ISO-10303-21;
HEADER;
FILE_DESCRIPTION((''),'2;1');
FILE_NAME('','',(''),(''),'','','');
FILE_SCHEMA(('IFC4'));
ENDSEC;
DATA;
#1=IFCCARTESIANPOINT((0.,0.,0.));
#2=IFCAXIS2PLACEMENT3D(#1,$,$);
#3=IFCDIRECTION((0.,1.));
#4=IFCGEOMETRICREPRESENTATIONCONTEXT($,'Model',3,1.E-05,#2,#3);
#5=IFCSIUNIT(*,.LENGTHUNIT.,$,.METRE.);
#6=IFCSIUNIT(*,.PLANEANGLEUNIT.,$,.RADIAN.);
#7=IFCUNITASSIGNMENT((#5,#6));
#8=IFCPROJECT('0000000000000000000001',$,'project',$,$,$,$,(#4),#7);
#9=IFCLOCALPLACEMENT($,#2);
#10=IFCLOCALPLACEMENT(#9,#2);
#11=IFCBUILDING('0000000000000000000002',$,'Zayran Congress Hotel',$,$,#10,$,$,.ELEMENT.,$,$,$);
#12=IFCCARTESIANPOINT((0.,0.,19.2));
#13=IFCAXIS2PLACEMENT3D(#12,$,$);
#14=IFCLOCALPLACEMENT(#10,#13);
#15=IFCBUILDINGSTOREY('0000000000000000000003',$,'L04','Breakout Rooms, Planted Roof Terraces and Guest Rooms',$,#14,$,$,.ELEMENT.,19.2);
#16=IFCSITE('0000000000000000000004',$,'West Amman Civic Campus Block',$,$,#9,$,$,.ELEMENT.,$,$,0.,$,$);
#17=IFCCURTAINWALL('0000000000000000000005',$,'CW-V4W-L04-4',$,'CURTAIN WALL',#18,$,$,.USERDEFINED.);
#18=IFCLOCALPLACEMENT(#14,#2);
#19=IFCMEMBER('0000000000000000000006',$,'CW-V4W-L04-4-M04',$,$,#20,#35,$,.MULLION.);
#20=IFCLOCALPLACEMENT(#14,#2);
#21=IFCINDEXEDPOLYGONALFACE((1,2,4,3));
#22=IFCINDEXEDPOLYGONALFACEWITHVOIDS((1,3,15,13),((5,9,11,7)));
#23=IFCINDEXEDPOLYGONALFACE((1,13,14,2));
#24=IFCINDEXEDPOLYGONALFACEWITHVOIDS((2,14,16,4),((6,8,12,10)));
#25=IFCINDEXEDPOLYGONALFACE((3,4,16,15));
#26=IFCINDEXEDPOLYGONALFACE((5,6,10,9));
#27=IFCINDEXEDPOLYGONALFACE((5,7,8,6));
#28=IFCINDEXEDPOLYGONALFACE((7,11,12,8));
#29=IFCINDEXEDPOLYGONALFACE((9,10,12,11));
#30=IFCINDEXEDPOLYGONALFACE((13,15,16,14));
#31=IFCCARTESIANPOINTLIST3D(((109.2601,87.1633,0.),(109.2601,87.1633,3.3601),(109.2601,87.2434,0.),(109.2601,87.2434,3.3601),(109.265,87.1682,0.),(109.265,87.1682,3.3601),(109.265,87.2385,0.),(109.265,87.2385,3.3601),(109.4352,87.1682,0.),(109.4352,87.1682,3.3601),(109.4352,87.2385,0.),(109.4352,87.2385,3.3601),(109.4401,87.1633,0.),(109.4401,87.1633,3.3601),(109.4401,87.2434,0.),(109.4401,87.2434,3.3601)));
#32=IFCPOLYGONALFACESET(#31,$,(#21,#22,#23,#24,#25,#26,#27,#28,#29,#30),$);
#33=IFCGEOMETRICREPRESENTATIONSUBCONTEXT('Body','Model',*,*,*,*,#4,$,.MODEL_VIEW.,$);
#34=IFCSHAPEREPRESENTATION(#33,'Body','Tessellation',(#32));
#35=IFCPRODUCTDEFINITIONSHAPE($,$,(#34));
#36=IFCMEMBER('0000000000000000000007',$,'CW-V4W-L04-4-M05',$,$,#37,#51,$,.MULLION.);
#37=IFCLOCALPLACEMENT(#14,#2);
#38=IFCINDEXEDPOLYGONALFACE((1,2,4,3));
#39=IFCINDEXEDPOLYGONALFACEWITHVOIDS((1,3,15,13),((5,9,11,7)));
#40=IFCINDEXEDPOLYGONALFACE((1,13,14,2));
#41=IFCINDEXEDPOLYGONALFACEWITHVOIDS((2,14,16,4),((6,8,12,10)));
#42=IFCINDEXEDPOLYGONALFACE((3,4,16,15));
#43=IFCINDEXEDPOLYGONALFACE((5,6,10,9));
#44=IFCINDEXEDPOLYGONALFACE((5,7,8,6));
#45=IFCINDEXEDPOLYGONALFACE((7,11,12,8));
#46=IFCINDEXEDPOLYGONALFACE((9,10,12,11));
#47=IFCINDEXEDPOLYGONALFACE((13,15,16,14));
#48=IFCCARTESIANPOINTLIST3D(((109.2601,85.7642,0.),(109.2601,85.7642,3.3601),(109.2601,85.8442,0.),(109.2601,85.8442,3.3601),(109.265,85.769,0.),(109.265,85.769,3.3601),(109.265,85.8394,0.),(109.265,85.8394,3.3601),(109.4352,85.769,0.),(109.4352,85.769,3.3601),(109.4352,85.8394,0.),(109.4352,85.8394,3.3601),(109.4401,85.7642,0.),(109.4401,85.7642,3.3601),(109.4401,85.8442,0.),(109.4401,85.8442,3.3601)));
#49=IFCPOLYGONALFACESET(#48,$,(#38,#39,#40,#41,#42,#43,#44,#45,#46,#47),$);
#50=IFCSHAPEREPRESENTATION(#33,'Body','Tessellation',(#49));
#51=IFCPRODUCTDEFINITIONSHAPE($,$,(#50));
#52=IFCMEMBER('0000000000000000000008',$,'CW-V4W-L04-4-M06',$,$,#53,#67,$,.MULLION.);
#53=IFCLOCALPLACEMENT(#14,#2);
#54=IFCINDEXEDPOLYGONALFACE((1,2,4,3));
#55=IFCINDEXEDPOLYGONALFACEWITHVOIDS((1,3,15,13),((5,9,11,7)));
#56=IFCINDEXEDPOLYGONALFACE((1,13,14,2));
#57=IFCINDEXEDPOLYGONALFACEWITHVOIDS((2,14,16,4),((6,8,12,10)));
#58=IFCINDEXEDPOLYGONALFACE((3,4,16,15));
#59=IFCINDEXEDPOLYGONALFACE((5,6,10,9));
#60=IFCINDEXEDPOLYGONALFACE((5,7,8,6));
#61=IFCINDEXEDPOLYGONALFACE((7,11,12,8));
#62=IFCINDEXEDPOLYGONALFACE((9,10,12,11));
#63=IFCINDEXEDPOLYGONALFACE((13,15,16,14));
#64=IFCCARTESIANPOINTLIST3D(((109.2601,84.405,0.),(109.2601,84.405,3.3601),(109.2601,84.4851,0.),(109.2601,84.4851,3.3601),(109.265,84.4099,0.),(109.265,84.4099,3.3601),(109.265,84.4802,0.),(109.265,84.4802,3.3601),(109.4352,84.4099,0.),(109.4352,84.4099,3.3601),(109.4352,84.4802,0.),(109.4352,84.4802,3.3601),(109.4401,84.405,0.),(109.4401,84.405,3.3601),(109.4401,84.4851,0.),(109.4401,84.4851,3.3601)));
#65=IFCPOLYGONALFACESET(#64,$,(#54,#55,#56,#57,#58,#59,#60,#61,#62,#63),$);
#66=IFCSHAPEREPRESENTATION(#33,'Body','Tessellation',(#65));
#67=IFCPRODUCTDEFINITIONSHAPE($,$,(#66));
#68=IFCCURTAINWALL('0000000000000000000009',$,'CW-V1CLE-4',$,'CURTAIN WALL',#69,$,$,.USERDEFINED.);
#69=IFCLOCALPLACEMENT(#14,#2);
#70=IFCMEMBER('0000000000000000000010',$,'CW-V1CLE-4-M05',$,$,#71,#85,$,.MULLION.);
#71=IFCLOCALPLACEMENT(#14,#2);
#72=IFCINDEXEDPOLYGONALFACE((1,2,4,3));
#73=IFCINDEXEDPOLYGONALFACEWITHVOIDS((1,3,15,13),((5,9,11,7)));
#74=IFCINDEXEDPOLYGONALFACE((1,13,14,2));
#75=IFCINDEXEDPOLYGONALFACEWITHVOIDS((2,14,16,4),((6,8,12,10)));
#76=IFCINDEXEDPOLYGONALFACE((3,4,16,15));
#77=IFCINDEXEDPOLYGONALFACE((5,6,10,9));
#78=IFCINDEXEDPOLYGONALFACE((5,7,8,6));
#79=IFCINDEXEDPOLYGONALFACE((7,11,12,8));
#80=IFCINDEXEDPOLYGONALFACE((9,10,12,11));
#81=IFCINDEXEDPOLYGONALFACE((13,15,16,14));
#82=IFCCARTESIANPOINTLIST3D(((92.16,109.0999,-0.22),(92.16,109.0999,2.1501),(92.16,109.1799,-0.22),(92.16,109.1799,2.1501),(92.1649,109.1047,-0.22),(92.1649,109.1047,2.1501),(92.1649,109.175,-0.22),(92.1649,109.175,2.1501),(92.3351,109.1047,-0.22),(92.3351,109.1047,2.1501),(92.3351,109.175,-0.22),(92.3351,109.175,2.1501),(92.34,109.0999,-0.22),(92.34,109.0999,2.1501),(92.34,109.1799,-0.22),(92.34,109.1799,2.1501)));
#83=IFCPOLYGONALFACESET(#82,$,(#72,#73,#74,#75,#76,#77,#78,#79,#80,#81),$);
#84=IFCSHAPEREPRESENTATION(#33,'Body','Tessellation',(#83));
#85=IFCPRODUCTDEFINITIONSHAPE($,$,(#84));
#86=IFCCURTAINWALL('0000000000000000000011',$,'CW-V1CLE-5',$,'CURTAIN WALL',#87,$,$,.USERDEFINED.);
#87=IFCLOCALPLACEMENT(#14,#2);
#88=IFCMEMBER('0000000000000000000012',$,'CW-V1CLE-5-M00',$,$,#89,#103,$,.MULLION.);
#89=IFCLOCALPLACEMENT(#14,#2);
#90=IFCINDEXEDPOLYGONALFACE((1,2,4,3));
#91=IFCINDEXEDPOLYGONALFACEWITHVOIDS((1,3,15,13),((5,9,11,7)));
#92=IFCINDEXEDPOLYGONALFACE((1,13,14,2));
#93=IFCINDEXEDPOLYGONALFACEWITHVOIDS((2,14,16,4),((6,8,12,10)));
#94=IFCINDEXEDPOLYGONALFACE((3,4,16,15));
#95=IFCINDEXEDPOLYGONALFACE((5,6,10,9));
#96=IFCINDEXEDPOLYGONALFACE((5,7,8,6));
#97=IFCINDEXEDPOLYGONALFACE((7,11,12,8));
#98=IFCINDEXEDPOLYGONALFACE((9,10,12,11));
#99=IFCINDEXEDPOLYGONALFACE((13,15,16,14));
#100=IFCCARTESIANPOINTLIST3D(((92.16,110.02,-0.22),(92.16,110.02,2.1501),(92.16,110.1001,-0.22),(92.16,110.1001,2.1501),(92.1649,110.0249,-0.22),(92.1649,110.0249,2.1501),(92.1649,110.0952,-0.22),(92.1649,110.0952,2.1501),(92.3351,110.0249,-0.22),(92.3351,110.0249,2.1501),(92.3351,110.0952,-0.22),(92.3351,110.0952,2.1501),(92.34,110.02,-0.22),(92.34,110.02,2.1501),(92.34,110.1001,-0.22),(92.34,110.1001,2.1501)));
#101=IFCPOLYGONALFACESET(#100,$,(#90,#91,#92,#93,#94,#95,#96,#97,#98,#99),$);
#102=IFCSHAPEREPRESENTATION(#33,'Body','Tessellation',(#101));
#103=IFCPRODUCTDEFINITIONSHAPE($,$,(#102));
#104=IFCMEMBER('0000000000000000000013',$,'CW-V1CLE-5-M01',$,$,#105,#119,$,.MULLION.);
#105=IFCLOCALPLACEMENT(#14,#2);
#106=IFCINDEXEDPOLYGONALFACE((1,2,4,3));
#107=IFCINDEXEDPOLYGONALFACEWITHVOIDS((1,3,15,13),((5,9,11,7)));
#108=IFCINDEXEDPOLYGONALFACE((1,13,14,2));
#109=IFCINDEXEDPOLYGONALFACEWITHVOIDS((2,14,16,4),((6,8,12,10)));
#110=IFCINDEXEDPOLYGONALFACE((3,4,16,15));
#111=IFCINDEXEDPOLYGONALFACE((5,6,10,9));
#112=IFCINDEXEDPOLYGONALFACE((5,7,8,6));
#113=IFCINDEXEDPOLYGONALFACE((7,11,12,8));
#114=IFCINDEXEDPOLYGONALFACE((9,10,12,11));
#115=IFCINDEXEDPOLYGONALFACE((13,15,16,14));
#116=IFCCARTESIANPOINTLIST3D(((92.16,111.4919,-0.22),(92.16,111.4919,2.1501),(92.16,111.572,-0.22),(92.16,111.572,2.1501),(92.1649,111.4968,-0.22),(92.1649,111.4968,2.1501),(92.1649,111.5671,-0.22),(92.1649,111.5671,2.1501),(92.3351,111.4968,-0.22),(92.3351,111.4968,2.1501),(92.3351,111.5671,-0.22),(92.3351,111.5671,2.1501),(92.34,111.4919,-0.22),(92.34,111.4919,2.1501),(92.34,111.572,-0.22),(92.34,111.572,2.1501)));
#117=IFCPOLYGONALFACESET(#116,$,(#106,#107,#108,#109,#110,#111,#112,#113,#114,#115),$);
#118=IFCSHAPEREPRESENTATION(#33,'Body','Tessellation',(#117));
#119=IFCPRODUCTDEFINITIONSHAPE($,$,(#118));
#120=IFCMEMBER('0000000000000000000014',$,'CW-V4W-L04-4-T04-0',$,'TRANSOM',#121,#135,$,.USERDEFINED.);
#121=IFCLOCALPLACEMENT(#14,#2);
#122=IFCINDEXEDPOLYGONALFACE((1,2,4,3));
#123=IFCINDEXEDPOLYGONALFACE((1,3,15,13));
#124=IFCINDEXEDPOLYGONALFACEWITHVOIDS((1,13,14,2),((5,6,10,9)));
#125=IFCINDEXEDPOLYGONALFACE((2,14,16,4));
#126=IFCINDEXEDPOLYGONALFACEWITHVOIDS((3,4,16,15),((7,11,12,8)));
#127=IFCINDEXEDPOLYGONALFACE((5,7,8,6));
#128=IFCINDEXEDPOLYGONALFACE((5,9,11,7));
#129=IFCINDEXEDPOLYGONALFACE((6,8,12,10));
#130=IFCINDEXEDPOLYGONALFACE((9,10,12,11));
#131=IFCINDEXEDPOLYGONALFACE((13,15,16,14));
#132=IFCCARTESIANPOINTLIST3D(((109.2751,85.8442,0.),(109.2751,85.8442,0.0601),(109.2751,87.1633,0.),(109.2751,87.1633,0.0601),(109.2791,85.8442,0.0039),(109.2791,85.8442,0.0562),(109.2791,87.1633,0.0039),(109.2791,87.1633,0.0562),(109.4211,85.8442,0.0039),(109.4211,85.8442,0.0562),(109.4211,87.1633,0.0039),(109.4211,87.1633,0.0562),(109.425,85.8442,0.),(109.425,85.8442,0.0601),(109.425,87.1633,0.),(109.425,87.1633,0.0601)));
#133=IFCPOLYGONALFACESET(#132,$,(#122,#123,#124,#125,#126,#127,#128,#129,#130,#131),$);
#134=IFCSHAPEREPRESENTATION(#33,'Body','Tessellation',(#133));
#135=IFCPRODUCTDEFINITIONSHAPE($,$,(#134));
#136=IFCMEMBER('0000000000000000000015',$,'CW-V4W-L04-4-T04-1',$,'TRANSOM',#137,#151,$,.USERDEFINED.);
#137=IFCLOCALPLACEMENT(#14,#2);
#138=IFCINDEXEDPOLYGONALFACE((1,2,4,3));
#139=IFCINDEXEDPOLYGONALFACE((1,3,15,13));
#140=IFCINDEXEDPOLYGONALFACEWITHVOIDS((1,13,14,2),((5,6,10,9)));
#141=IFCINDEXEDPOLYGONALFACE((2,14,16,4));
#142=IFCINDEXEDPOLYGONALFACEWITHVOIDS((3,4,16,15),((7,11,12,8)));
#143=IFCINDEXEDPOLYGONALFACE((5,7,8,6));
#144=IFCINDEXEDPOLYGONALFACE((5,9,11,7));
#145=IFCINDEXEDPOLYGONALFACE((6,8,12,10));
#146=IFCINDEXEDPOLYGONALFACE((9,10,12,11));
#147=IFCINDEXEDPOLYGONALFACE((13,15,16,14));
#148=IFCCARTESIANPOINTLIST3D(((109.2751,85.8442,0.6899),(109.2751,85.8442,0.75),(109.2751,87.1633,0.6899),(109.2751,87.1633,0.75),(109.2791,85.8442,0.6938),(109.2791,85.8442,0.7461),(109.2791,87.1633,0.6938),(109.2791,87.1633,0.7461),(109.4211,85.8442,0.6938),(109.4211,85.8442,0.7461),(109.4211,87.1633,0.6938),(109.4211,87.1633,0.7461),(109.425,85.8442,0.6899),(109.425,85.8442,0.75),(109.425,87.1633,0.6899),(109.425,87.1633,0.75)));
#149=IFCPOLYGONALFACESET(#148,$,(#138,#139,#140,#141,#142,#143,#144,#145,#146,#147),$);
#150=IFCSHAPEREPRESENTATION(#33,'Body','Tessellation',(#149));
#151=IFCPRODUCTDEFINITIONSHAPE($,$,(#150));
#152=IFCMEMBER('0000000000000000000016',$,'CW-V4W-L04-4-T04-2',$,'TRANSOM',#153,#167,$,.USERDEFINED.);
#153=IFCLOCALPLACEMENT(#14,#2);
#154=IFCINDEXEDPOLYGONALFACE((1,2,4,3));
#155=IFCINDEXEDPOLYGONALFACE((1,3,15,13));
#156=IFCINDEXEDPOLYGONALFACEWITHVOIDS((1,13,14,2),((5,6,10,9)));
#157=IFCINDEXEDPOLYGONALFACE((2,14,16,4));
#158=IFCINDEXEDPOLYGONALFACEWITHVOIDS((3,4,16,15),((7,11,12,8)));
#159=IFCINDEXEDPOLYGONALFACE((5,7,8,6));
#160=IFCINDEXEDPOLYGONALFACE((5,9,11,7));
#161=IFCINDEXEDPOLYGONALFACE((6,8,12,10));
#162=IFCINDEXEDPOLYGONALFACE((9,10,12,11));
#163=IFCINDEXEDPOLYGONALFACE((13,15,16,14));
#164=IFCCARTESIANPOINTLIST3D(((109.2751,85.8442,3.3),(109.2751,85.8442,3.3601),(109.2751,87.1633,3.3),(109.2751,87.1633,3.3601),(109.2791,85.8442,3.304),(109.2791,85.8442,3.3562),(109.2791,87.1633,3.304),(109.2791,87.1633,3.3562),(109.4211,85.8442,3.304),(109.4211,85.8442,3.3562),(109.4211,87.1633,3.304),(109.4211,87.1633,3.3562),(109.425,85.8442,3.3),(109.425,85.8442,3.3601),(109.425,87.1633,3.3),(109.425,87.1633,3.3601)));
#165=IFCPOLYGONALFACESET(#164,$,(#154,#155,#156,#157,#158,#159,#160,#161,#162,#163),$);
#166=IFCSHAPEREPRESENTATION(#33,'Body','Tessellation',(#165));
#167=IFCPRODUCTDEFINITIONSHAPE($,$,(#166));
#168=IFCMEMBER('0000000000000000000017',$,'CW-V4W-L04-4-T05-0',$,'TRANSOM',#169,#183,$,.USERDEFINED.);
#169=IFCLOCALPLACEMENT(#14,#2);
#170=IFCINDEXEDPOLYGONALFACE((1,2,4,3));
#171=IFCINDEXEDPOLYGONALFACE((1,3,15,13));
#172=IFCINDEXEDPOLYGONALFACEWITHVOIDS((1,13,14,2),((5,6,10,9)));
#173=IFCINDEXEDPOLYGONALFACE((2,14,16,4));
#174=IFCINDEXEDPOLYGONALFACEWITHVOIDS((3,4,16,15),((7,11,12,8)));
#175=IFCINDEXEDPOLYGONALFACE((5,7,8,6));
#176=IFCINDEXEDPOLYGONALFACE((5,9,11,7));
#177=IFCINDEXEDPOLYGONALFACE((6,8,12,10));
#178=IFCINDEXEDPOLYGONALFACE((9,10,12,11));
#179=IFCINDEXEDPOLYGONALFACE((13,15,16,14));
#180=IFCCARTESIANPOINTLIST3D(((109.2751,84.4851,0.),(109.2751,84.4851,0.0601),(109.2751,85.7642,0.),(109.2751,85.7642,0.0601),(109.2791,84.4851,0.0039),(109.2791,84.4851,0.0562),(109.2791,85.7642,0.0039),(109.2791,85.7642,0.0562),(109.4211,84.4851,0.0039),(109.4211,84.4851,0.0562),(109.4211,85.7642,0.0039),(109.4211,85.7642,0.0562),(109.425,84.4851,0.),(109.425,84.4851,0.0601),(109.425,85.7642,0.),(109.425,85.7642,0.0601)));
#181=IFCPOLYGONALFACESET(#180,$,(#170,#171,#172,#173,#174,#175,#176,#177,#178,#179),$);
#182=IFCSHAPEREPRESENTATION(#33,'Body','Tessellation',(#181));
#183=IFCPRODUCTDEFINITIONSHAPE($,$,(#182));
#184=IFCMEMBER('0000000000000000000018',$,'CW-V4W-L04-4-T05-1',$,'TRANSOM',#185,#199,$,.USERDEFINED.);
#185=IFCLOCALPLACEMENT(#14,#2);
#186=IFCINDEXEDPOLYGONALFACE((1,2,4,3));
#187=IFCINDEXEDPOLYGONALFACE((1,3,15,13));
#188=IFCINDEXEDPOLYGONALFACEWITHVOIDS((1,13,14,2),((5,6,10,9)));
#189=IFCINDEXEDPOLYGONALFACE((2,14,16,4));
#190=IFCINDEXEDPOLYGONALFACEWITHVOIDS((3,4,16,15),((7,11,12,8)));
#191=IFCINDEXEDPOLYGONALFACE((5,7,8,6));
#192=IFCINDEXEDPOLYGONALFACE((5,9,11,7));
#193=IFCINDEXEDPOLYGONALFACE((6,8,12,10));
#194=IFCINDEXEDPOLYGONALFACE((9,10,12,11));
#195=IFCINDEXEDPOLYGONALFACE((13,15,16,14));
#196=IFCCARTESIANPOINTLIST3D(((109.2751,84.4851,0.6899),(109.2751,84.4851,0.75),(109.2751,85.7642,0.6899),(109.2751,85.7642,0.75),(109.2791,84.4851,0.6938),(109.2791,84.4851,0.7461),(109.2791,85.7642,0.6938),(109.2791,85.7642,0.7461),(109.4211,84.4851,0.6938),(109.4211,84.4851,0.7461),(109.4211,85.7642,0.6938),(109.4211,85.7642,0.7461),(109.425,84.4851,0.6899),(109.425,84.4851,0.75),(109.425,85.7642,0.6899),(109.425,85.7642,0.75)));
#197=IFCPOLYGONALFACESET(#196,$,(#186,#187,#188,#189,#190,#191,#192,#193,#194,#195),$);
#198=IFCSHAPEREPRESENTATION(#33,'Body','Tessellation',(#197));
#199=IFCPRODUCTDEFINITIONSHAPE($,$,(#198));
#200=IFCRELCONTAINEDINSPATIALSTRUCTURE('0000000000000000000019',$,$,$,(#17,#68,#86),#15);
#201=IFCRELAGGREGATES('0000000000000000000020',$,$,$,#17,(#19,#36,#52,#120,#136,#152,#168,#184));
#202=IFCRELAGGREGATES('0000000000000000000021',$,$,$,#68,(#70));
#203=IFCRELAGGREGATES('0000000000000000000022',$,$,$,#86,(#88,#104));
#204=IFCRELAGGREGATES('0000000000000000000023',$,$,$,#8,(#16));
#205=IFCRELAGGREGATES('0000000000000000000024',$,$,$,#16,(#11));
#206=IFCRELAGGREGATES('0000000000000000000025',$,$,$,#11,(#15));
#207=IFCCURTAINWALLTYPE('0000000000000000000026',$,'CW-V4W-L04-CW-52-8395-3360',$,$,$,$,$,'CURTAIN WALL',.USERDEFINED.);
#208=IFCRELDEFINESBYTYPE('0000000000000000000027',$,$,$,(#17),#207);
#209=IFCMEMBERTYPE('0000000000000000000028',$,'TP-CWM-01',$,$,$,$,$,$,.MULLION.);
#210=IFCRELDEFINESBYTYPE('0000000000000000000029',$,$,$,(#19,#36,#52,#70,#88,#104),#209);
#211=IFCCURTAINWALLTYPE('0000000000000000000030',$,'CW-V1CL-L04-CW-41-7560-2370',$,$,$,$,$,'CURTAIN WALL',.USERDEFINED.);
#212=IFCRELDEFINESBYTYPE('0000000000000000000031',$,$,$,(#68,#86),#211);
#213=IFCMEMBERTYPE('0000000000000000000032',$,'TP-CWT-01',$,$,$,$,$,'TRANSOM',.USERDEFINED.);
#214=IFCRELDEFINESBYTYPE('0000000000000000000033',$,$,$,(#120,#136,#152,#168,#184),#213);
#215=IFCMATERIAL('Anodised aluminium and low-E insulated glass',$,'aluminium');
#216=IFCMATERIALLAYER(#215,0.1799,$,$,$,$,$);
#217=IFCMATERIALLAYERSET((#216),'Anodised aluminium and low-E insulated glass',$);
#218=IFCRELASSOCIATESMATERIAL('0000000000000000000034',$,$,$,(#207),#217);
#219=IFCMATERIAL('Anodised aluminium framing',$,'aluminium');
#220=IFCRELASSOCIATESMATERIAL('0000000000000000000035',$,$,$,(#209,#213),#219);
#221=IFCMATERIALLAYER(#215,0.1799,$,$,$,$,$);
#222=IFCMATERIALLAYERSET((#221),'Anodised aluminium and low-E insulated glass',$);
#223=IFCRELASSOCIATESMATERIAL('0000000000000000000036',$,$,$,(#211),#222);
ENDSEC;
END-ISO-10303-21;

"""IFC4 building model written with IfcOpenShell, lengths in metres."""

from ifc_helpers import new_model, si_unit, direction, frame, origin, origin_2d, place, context, subcontext, project, spatial, hollow_rectangle, extrude, material, layer, layer_set, material_profile, profile_set, type_object, element, aggregate, save


model = new_model("IFC4")

# Units and contexts
model_context = context("Model", 3, precision=1e-05, world=origin(), true_north=direction((0.0, 1.0)))
body_context = subcontext(model_context, "Body", "Model", "MODEL_VIEW")
ifc_project = project(units=[si_unit("LENGTHUNIT", "METRE"), si_unit("PLANEANGLEUNIT", "RADIAN")], contexts=[model_context])

# Site, building, storey
site_placement = place(None, origin())
site = spatial("IfcSite", under=ifc_project, at=site_placement, Name="West Amman Civic Campus Block", CompositionType="ELEMENT", RefElevation=0.0)
building_placement = place(site_placement, origin())
building = spatial("IfcBuilding", under=site, at=building_placement, Name="Zayran Congress Hotel", CompositionType="ELEMENT")
storey_placement = place(building_placement, frame((0.0, 0.0, 19.2)))
storey = spatial("IfcBuildingStorey", under=building, at=storey_placement, Name="L04", Description="Breakout Rooms, Planted Roof Terraces and Guest Rooms", CompositionType="ELEMENT", Elevation=19.2)

# Curtain wall, members
ifc_material_1 = material(Name="Anodised aluminium and low-E insulated glass", Category="aluminium")
ifc_layer_1 = layer(ifc_material_1, 0.1799)
ifc_layer_set_1 = layer_set([ifc_layer_1], Name="Anodised aluminium and low-E insulated glass")
curtain_wall_type_1 = type_object("IfcCurtainWallType", Name="CW-V4W-L04-CW-52-8395-3360", ElementType="CURTAIN WALL", PredefinedType="USERDEFINED", material=ifc_layer_set_1)
curtain_wall_1_placement = place(storey_placement, origin())
curtain_wall_1 = element("IfcCurtainWall", 1, at=curtain_wall_1_placement, inside=storey, type_object=curtain_wall_type_1, Name="CW-V4W-L04-4", ObjectType="CURTAIN WALL", PredefinedType="USERDEFINED")
ifc_material_2 = material(Name="Anodised aluminium framing", Category="aluminium")
ifc_material_profile_1 = material_profile(ifc_material_2, hollow_rectangle(XDim=0.0801, YDim=0.1799, WallThickness=0.0049, at=origin_2d()), Name="RHS 180x80x5")
ifc_profile_set_1 = profile_set([ifc_material_profile_1], Name="Anodised aluminium framing")
member_type_1 = type_object("IfcMemberType", Name="TP-CWM-01", PredefinedType="MULLION", material=ifc_profile_set_1)
member_1_placement = place(storey_placement, frame((109.3501, 87.2034, 0.0), z_axis=(0.0, 0.0, 1.0), x_axis=(0.0, 1.0, 0.0)))
member_1 = element("IfcMember", 2, at=member_1_placement, type_object=member_type_1, Name="CW-V4W-L04-4-M04", PredefinedType="MULLION", context=body_context, shape_type="SweptSolid", body=[
    extrude(hollow_rectangle(XDim=0.0801, YDim=0.1799, WallThickness=0.0049, at=origin_2d()), origin(), (0.0, 0.0, 1.0), 3.3601),
])
member_2_placement = place(storey_placement, frame((109.3501, 85.8042, 0.0), z_axis=(0.0, 0.0, 1.0), x_axis=(0.0, 1.0, 0.0)))
member_2 = element("IfcMember", 3, at=member_2_placement, type_object=member_type_1, Name="CW-V4W-L04-4-M05", PredefinedType="MULLION", context=body_context, shape_type="SweptSolid", body=[
    extrude(hollow_rectangle(XDim=0.0801, YDim=0.1799, WallThickness=0.0049, at=origin_2d()), origin(), (0.0, 0.0, 1.0), 3.3601),
])
member_3_placement = place(storey_placement, frame((109.3501, 84.4451, 0.0), z_axis=(0.0, 0.0, 1.0), x_axis=(0.0, 1.0, 0.0)))
member_3 = element("IfcMember", 4, at=member_3_placement, type_object=member_type_1, Name="CW-V4W-L04-4-M06", PredefinedType="MULLION", context=body_context, shape_type="SweptSolid", body=[
    extrude(hollow_rectangle(XDim=0.0801, YDim=0.1799, WallThickness=0.0049, at=origin_2d()), origin(), (0.0, 0.0, 1.0), 3.3601),
])

# Curtain wall, member
ifc_layer_2 = layer(ifc_material_1, 0.1799)
ifc_layer_set_2 = layer_set([ifc_layer_2], Name="Anodised aluminium and low-E insulated glass")
curtain_wall_type_2 = type_object("IfcCurtainWallType", Name="CW-V1CL-L04-CW-41-7560-2370", ElementType="CURTAIN WALL", PredefinedType="USERDEFINED", material=ifc_layer_set_2)
curtain_wall_2_placement = place(storey_placement, origin())
curtain_wall_2 = element("IfcCurtainWall", 5, at=curtain_wall_2_placement, inside=storey, type_object=curtain_wall_type_2, Name="CW-V1CLE-4", ObjectType="CURTAIN WALL", PredefinedType="USERDEFINED")
member_4_placement = place(storey_placement, frame((92.25, 109.1399, -0.22), z_axis=(0.0, 0.0, 1.0), x_axis=(0.0, 1.0, 0.0)))
member_4 = element("IfcMember", 6, at=member_4_placement, type_object=member_type_1, Name="CW-V1CLE-4-M05", PredefinedType="MULLION", context=body_context, shape_type="SweptSolid", body=[
    extrude(hollow_rectangle(XDim=0.0801, YDim=0.1799, WallThickness=0.0049, at=origin_2d()), origin(), (0.0, 0.0, 1.0), 2.3701),
])

# Curtain wall, members
curtain_wall_3_placement = place(storey_placement, origin())
curtain_wall_3 = element("IfcCurtainWall", 7, at=curtain_wall_3_placement, inside=storey, type_object=curtain_wall_type_2, Name="CW-V1CLE-5", ObjectType="CURTAIN WALL", PredefinedType="USERDEFINED")
member_5_placement = place(storey_placement, frame((92.25, 110.0601, -0.22), z_axis=(0.0, 0.0, 1.0), x_axis=(0.0, 1.0, 0.0)))
member_5 = element("IfcMember", 8, at=member_5_placement, type_object=member_type_1, Name="CW-V1CLE-5-M00", PredefinedType="MULLION", context=body_context, shape_type="SweptSolid", body=[
    extrude(hollow_rectangle(XDim=0.0801, YDim=0.1799, WallThickness=0.0049, at=origin_2d()), origin(), (0.0, 0.0, 1.0), 2.3701),
])
member_6_placement = place(storey_placement, frame((92.25, 111.532, -0.22), z_axis=(0.0, 0.0, 1.0), x_axis=(0.0, 1.0, 0.0)))
member_6 = element("IfcMember", 9, at=member_6_placement, type_object=member_type_1, Name="CW-V1CLE-5-M01", PredefinedType="MULLION", context=body_context, shape_type="SweptSolid", body=[
    extrude(hollow_rectangle(XDim=0.0801, YDim=0.1799, WallThickness=0.0049, at=origin_2d()), origin(), (0.0, 0.0, 1.0), 2.3701),
])

# Members
ifc_material_profile_2 = material_profile(ifc_material_2, hollow_rectangle(XDim=0.0601, YDim=0.1499, WallThickness=0.0039, at=origin_2d()), Name="RHS 150x60x4")
ifc_profile_set_2 = profile_set([ifc_material_profile_2], Name="Anodised aluminium framing")
member_type_2 = type_object("IfcMemberType", Name="TP-CWT-01", ElementType="TRANSOM", PredefinedType="USERDEFINED", material=ifc_profile_set_2)
member_7_placement = place(storey_placement, frame((109.3501, 87.1633, 0.03), z_axis=(0.0, -1.0, 0.0), x_axis=(0.0, 0.0, 1.0)))
member_7 = element("IfcMember", 10, at=member_7_placement, type_object=member_type_2, Name="CW-V4W-L04-4-T04-0", ObjectType="TRANSOM", PredefinedType="USERDEFINED", context=body_context, shape_type="SweptSolid", body=[
    extrude(hollow_rectangle(XDim=0.0601, YDim=0.1499, WallThickness=0.0039, at=origin_2d()), origin(), (0.0, 0.0, 1.0), 1.3191),
])
member_8_placement = place(storey_placement, frame((109.3501, 87.1633, 0.72), z_axis=(0.0, -1.0, 0.0), x_axis=(0.0, 0.0, 1.0)))
member_8 = element("IfcMember", 11, at=member_8_placement, type_object=member_type_2, Name="CW-V4W-L04-4-T04-1", ObjectType="TRANSOM", PredefinedType="USERDEFINED", context=body_context, shape_type="SweptSolid", body=[
    extrude(hollow_rectangle(XDim=0.0601, YDim=0.1499, WallThickness=0.0039, at=origin_2d()), origin(), (0.0, 0.0, 1.0), 1.3191),
])
member_9_placement = place(storey_placement, frame((109.3501, 87.1633, 3.3301), z_axis=(0.0, -1.0, 0.0), x_axis=(0.0, 0.0, 1.0)))
member_9 = element("IfcMember", 12, at=member_9_placement, type_object=member_type_2, Name="CW-V4W-L04-4-T04-2", ObjectType="TRANSOM", PredefinedType="USERDEFINED", context=body_context, shape_type="SweptSolid", body=[
    extrude(hollow_rectangle(XDim=0.0601, YDim=0.1499, WallThickness=0.0039, at=origin_2d()), origin(), (0.0, 0.0, 1.0), 1.3191),
])
member_10_placement = place(storey_placement, frame((109.3501, 85.7642, 0.03), z_axis=(0.0, -1.0, 0.0), x_axis=(0.0, 0.0, 1.0)))
member_10 = element("IfcMember", 13, at=member_10_placement, type_object=member_type_2, Name="CW-V4W-L04-4-T05-0", ObjectType="TRANSOM", PredefinedType="USERDEFINED", context=body_context, shape_type="SweptSolid", body=[
    extrude(hollow_rectangle(XDim=0.0601, YDim=0.1499, WallThickness=0.0039, at=origin_2d()), origin(), (0.0, 0.0, 1.0), 1.2791),
])
member_11_placement = place(storey_placement, frame((109.3501, 85.7642, 0.72), z_axis=(0.0, -1.0, 0.0), x_axis=(0.0, 0.0, 1.0)))
member_11 = element("IfcMember", 14, at=member_11_placement, type_object=member_type_2, Name="CW-V4W-L04-4-T05-1", ObjectType="TRANSOM", PredefinedType="USERDEFINED", context=body_context, shape_type="SweptSolid", body=[
    extrude(hollow_rectangle(XDim=0.0601, YDim=0.1499, WallThickness=0.0039, at=origin_2d()), origin(), (0.0, 0.0, 1.0), 1.2791),
])

aggregate(curtain_wall_1, [member_1, member_2, member_3, member_7, member_8, member_9, member_10, member_11])
aggregate(curtain_wall_2, [member_4])
aggregate(curtain_wall_3, [member_5, member_6])

save(model, "model.ifc")
